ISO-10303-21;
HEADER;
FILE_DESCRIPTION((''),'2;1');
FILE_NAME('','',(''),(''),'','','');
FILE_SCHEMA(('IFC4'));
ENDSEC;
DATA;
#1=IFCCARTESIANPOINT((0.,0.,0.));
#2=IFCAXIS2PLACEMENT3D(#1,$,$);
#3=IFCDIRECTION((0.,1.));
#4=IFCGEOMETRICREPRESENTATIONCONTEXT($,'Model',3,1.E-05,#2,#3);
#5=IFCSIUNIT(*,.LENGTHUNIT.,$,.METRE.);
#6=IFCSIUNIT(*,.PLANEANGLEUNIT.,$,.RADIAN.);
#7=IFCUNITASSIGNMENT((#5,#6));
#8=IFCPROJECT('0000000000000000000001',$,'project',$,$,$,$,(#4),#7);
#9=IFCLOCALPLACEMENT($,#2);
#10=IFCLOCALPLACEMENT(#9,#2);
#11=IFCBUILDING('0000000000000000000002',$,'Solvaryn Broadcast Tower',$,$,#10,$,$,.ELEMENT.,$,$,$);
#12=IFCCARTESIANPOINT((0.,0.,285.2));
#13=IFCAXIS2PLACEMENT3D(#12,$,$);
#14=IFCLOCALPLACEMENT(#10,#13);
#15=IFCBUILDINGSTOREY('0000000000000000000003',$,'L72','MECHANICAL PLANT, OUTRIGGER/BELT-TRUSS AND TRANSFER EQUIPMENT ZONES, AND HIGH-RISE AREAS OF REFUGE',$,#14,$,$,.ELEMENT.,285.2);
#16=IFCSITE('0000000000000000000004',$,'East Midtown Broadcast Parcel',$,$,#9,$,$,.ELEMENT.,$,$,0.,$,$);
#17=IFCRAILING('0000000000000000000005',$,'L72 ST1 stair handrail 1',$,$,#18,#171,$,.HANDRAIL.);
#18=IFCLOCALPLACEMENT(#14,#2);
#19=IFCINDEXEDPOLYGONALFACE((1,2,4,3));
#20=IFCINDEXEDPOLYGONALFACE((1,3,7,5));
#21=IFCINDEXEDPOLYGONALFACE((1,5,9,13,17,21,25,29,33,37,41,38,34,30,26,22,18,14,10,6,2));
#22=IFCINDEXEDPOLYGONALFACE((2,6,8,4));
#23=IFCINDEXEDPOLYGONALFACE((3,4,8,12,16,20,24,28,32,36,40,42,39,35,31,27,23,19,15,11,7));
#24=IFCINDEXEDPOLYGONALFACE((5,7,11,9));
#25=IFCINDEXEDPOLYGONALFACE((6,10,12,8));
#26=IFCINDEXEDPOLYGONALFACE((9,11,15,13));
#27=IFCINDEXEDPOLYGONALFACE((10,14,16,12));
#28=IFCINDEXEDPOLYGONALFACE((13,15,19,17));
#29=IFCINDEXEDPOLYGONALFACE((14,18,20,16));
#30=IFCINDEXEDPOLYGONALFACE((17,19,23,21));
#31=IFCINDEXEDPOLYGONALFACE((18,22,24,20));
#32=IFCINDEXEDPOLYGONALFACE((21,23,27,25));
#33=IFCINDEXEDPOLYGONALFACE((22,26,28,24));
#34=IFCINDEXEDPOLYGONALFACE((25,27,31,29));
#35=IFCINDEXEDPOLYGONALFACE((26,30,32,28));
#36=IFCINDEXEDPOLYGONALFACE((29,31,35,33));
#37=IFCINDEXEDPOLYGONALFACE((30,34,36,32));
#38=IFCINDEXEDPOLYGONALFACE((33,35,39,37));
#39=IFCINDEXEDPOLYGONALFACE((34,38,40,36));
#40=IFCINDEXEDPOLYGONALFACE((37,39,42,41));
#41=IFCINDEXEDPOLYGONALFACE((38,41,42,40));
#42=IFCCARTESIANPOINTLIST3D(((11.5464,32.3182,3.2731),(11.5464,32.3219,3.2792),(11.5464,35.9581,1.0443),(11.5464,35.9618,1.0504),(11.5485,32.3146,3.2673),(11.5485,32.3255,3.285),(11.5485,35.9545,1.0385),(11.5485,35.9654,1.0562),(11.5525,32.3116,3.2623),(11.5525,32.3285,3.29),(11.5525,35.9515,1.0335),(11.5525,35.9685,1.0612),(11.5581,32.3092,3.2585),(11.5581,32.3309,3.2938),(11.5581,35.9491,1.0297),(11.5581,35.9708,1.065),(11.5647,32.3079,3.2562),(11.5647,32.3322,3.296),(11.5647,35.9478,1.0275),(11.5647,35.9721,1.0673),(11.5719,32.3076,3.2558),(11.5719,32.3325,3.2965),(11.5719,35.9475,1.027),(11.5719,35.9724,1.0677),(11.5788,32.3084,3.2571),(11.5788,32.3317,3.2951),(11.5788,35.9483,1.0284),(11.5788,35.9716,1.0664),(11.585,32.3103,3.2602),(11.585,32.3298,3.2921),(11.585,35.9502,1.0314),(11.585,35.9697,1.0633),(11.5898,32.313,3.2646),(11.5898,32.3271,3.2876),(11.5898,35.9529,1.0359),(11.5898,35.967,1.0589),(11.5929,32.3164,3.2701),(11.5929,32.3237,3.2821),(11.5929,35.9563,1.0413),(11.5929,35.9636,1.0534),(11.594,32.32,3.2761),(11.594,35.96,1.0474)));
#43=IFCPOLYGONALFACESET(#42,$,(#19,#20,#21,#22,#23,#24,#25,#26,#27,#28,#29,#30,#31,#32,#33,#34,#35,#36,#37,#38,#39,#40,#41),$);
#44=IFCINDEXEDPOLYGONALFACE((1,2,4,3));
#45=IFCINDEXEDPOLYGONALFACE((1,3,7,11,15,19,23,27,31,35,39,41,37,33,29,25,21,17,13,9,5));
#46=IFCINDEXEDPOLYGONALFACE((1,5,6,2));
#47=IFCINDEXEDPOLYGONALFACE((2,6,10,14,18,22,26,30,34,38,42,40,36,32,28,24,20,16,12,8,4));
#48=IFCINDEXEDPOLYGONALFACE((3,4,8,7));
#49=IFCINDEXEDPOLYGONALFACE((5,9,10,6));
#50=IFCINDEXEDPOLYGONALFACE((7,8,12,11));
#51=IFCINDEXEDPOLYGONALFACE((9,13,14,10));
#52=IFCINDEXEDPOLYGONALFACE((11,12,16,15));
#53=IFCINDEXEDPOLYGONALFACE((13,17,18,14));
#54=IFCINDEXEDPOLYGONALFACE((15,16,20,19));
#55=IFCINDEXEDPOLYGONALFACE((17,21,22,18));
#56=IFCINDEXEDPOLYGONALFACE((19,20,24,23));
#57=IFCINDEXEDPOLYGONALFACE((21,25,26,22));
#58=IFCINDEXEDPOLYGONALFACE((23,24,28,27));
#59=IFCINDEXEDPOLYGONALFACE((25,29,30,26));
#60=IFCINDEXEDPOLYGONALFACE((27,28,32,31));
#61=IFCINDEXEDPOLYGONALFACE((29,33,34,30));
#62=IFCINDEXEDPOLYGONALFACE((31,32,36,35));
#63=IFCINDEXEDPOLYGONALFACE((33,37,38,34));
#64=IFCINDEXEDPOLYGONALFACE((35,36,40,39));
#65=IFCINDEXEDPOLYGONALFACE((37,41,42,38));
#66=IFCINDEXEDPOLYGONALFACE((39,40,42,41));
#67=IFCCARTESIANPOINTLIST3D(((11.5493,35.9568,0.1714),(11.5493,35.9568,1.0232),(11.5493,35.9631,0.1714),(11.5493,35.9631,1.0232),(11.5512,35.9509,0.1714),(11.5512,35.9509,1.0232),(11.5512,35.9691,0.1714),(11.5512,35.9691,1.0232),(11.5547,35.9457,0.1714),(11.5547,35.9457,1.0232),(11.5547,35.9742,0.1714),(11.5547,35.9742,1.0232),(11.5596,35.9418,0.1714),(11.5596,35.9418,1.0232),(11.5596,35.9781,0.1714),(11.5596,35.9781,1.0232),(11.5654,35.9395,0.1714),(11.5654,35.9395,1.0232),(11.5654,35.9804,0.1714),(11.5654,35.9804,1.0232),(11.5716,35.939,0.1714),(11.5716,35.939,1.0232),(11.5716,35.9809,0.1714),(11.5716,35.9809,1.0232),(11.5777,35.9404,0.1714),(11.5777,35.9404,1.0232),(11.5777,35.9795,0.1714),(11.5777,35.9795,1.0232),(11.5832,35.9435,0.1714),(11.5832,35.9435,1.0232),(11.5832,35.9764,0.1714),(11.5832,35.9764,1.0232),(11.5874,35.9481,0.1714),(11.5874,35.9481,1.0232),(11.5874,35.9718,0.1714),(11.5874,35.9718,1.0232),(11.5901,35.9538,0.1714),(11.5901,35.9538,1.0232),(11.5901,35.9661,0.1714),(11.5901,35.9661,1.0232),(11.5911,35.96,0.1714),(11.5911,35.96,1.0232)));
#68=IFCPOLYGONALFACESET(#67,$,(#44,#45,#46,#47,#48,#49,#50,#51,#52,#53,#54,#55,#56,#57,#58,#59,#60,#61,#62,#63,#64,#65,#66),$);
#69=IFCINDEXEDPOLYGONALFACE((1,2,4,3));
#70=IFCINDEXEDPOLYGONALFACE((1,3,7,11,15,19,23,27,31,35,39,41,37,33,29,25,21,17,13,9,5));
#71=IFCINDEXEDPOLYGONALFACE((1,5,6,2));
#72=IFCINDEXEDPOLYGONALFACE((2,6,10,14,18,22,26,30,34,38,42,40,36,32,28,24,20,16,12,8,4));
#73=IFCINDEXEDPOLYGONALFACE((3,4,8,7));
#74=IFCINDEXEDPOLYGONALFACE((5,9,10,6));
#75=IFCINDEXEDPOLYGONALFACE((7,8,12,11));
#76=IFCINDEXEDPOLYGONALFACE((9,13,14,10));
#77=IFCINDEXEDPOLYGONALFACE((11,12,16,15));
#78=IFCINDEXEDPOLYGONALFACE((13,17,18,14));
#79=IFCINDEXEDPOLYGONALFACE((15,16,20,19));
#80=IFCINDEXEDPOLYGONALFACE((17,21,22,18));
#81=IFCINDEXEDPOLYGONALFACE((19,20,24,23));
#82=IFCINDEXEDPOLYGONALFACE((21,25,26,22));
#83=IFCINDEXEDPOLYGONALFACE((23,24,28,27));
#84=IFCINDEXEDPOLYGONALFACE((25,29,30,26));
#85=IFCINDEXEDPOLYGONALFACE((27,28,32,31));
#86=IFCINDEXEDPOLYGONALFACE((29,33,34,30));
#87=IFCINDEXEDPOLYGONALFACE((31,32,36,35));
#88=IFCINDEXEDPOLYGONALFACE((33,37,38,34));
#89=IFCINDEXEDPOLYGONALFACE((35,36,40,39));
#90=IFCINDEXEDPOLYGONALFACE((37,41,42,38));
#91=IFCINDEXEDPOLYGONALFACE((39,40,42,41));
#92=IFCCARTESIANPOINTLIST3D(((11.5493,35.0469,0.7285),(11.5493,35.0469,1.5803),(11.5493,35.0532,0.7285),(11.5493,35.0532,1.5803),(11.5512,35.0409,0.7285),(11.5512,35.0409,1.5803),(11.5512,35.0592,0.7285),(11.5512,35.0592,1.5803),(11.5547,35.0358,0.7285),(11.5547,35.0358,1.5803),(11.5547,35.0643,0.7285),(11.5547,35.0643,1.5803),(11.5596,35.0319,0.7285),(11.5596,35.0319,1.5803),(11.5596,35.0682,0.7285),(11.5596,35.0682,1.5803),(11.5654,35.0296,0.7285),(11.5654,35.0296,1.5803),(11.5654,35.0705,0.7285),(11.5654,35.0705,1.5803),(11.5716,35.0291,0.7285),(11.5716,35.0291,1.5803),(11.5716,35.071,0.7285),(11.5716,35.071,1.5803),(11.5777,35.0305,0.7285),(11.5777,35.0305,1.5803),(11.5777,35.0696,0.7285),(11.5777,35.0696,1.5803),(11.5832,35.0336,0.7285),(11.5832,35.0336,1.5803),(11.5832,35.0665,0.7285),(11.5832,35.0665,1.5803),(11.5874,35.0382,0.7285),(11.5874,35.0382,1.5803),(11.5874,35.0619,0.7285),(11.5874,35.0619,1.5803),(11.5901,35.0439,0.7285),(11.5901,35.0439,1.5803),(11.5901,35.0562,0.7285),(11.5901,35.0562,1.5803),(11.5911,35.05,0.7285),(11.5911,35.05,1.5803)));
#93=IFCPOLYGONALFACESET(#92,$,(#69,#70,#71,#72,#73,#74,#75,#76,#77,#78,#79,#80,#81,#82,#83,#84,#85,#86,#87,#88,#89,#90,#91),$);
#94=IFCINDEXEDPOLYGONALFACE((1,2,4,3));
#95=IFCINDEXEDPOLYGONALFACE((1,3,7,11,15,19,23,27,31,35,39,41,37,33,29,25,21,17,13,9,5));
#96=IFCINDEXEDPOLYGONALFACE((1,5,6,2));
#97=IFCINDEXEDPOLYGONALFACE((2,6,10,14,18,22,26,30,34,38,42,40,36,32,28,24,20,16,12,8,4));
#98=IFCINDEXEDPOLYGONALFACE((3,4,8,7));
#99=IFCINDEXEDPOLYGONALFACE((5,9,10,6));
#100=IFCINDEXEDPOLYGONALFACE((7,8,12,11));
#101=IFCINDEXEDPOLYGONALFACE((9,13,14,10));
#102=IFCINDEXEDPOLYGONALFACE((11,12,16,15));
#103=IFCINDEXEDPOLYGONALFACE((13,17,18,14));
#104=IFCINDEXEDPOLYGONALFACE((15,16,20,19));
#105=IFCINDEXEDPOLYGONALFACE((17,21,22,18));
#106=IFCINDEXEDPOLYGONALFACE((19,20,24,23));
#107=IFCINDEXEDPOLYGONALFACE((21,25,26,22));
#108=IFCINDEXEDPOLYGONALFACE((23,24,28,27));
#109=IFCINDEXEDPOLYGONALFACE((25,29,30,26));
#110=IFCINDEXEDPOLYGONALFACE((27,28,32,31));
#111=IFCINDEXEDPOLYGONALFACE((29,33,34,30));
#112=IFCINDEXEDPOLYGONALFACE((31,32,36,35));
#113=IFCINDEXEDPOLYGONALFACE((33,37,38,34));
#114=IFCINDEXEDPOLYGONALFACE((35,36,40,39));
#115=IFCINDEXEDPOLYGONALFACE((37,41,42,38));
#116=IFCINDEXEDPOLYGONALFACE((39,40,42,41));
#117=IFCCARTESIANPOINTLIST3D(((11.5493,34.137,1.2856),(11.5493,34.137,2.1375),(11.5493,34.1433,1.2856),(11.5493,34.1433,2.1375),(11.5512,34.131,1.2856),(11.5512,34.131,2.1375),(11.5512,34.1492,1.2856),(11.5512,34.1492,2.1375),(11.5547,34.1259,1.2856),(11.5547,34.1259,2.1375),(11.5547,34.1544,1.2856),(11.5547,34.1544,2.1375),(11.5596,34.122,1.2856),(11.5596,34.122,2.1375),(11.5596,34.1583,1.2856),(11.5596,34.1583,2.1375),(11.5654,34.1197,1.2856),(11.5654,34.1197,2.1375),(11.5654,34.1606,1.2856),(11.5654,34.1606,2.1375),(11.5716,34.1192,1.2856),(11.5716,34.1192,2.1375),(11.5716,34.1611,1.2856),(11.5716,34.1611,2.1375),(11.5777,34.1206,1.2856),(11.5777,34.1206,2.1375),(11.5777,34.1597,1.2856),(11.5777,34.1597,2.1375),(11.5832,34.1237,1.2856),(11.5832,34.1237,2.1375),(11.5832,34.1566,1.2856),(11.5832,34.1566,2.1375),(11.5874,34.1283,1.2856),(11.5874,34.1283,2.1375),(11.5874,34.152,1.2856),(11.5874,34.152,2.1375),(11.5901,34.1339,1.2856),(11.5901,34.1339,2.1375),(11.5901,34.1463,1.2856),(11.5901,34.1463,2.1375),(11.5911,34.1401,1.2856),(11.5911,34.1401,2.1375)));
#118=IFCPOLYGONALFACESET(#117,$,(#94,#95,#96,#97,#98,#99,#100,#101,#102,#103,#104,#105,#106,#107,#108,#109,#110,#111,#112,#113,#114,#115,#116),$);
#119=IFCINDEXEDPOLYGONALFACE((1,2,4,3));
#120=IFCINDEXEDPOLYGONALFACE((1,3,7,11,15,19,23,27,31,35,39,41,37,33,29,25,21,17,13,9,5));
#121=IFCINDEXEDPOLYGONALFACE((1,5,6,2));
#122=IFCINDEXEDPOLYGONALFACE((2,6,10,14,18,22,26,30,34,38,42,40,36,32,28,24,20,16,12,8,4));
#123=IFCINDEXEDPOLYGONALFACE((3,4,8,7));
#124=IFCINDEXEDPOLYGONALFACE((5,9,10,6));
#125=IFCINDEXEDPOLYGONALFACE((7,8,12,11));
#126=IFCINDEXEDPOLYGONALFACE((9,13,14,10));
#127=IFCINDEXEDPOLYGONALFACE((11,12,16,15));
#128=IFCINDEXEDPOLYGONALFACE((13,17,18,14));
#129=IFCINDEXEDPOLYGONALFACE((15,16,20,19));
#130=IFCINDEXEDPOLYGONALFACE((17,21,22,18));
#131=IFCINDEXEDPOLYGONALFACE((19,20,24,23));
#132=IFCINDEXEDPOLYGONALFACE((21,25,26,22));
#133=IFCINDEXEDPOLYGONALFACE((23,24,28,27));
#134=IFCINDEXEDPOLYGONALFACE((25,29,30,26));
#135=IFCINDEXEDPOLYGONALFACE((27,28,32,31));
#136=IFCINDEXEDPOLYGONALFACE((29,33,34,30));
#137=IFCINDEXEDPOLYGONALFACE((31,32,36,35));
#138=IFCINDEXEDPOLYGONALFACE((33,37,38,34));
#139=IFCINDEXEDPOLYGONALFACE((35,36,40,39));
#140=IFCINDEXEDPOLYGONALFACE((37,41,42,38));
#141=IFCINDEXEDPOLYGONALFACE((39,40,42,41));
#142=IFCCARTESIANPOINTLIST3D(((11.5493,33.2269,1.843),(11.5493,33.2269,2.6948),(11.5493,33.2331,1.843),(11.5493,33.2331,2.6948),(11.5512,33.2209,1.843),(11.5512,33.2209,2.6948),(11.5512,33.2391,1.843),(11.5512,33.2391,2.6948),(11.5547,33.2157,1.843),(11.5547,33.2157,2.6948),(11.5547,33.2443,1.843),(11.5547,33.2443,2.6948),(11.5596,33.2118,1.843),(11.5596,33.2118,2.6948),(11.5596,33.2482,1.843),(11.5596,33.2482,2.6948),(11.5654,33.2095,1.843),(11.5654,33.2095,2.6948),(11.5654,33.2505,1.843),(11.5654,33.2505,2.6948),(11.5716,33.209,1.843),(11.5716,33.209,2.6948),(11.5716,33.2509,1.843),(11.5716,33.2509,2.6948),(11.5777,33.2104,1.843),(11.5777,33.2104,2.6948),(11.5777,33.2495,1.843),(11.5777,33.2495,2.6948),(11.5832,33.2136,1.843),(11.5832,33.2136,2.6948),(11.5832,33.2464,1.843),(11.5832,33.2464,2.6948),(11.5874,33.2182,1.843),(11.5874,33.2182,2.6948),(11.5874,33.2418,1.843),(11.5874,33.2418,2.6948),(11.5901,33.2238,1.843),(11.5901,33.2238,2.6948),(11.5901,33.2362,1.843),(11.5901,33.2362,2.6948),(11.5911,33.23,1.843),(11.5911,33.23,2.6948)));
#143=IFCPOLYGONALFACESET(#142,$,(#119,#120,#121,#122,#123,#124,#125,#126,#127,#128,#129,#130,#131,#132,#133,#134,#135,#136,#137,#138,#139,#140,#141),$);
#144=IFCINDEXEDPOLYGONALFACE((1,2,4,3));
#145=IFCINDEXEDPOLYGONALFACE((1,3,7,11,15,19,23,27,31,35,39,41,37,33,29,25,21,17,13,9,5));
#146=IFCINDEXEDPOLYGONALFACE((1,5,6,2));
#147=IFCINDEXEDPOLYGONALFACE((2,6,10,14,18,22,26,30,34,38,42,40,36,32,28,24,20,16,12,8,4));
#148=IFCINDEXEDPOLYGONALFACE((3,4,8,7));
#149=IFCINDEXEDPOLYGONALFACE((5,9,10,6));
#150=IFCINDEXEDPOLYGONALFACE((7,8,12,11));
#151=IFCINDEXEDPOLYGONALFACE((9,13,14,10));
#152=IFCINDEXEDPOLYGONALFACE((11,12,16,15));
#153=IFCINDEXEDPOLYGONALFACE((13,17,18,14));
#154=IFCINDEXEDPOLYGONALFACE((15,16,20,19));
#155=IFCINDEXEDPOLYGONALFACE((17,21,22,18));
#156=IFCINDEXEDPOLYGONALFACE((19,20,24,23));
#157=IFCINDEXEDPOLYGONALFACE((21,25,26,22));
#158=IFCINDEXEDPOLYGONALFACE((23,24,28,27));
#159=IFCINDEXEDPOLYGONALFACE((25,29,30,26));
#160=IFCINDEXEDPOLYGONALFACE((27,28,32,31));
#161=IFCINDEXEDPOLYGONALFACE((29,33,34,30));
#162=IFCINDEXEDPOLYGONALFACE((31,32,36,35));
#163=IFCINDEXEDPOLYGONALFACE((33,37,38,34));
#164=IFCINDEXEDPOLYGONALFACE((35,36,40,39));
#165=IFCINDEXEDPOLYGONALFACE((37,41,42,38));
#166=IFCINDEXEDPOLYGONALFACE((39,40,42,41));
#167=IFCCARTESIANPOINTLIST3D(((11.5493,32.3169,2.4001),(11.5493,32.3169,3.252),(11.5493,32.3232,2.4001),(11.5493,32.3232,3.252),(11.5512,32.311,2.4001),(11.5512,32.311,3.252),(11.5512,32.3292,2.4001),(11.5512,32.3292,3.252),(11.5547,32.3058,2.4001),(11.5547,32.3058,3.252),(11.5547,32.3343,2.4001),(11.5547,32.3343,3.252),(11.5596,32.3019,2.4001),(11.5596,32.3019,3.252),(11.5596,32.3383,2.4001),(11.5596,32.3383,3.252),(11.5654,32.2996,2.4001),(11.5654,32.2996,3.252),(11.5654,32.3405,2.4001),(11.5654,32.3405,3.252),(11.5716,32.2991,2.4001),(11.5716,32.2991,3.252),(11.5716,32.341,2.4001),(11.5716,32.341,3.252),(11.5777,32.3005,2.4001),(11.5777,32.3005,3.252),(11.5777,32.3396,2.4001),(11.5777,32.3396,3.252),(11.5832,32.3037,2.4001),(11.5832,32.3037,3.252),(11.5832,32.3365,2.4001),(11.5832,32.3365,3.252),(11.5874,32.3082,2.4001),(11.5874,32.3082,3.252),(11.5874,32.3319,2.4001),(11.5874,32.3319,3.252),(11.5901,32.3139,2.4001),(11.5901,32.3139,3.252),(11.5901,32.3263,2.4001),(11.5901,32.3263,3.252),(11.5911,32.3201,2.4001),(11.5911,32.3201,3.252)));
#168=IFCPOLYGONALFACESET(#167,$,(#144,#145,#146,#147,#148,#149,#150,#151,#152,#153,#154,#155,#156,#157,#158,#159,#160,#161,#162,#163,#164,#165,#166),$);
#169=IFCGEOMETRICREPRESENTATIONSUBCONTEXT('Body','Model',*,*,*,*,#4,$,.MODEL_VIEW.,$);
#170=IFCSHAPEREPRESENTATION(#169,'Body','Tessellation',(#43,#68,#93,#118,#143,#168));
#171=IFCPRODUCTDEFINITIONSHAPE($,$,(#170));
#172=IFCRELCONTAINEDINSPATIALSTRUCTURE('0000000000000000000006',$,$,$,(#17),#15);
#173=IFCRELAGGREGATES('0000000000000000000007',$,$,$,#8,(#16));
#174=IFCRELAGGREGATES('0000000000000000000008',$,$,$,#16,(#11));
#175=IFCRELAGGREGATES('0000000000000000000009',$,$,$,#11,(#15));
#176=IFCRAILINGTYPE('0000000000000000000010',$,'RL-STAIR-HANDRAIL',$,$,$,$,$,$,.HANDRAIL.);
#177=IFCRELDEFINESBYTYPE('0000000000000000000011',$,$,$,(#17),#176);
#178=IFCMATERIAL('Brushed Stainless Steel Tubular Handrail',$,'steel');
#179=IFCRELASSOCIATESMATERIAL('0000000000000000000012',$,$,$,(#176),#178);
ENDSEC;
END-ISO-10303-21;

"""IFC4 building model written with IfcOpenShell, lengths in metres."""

from ifc_helpers import new_model, si_unit, direction, frame, origin, origin_2d, place, context, subcontext, project, spatial, circle, extrude, material, type_object, element, save


model = new_model("IFC4")

# Units and contexts
model_context = context("Model", 3, precision=1e-05, world=origin(), true_north=direction((0.0, 1.0)))
body_context = subcontext(model_context, "Body", "Model", "MODEL_VIEW")
ifc_project = project(units=[si_unit("LENGTHUNIT", "METRE"), si_unit("PLANEANGLEUNIT", "RADIAN")], contexts=[model_context])

# Site, building, storey
site_placement = place(None, origin())
site = spatial("IfcSite", under=ifc_project, at=site_placement, Name="East Midtown Broadcast Parcel", CompositionType="ELEMENT", RefElevation=0.0)
building_placement = place(site_placement, origin())
building = spatial("IfcBuilding", under=site, at=building_placement, Name="Solvaryn Broadcast Tower", CompositionType="ELEMENT")
storey_placement = place(building_placement, frame((0.0, 0.0, 285.2)))
storey = spatial("IfcBuildingStorey", under=building, at=storey_placement, Name="L72", Description="MECHANICAL PLANT, OUTRIGGER/BELT-TRUSS AND TRANSFER EQUIPMENT ZONES, AND HIGH-RISE AREAS OF REFUGE", CompositionType="ELEMENT", Elevation=285.2)

# Railing
ifc_material_1 = material(Name="Brushed Stainless Steel Tubular Handrail", Category="steel")
railing_type_1 = type_object("IfcRailingType", Name="RL-STAIR-HANDRAIL", PredefinedType="HANDRAIL", material=ifc_material_1)
railing_1_placement = place(storey_placement, frame((11.5701, 35.96, 0.1714)))
element("IfcRailing", 1, at=railing_1_placement, inside=storey, type_object=railing_type_1, Name="L72 ST1 stair handrail 1", PredefinedType="HANDRAIL", context=body_context, shape_type="SweptSolid", body=[
    extrude(circle(Radius=0.0239, at=origin_2d()), frame((0.0, 0.0, 0.876), z_axis=(0.0, -0.852825, 0.522197), x_axis=(1.0, 0.0, 0.0)), (0.0, 0.0, 1.0), 4.2681),
    extrude(circle(Radius=0.021, at=origin_2d()), origin(), (0.0, 0.0, 1.0), 0.8518),
    extrude(circle(Radius=0.021, at=origin_2d()), frame((0.0, -0.9099, 0.5571)), (0.0, 0.0, 1.0), 0.8518),
    extrude(circle(Radius=0.021, at=origin_2d()), frame((0.0, -1.8198, 1.1143)), (0.0, 0.0, 1.0), 0.8518),
    extrude(circle(Radius=0.021, at=origin_2d()), frame((0.0, -2.73, 1.6716)), (0.0, 0.0, 1.0), 0.8518),
    extrude(circle(Radius=0.021, at=origin_2d()), frame((0.0, -3.6399, 2.2288)), (0.0, 0.0, 1.0), 0.8518),
])

save(model, "model.ifc")
